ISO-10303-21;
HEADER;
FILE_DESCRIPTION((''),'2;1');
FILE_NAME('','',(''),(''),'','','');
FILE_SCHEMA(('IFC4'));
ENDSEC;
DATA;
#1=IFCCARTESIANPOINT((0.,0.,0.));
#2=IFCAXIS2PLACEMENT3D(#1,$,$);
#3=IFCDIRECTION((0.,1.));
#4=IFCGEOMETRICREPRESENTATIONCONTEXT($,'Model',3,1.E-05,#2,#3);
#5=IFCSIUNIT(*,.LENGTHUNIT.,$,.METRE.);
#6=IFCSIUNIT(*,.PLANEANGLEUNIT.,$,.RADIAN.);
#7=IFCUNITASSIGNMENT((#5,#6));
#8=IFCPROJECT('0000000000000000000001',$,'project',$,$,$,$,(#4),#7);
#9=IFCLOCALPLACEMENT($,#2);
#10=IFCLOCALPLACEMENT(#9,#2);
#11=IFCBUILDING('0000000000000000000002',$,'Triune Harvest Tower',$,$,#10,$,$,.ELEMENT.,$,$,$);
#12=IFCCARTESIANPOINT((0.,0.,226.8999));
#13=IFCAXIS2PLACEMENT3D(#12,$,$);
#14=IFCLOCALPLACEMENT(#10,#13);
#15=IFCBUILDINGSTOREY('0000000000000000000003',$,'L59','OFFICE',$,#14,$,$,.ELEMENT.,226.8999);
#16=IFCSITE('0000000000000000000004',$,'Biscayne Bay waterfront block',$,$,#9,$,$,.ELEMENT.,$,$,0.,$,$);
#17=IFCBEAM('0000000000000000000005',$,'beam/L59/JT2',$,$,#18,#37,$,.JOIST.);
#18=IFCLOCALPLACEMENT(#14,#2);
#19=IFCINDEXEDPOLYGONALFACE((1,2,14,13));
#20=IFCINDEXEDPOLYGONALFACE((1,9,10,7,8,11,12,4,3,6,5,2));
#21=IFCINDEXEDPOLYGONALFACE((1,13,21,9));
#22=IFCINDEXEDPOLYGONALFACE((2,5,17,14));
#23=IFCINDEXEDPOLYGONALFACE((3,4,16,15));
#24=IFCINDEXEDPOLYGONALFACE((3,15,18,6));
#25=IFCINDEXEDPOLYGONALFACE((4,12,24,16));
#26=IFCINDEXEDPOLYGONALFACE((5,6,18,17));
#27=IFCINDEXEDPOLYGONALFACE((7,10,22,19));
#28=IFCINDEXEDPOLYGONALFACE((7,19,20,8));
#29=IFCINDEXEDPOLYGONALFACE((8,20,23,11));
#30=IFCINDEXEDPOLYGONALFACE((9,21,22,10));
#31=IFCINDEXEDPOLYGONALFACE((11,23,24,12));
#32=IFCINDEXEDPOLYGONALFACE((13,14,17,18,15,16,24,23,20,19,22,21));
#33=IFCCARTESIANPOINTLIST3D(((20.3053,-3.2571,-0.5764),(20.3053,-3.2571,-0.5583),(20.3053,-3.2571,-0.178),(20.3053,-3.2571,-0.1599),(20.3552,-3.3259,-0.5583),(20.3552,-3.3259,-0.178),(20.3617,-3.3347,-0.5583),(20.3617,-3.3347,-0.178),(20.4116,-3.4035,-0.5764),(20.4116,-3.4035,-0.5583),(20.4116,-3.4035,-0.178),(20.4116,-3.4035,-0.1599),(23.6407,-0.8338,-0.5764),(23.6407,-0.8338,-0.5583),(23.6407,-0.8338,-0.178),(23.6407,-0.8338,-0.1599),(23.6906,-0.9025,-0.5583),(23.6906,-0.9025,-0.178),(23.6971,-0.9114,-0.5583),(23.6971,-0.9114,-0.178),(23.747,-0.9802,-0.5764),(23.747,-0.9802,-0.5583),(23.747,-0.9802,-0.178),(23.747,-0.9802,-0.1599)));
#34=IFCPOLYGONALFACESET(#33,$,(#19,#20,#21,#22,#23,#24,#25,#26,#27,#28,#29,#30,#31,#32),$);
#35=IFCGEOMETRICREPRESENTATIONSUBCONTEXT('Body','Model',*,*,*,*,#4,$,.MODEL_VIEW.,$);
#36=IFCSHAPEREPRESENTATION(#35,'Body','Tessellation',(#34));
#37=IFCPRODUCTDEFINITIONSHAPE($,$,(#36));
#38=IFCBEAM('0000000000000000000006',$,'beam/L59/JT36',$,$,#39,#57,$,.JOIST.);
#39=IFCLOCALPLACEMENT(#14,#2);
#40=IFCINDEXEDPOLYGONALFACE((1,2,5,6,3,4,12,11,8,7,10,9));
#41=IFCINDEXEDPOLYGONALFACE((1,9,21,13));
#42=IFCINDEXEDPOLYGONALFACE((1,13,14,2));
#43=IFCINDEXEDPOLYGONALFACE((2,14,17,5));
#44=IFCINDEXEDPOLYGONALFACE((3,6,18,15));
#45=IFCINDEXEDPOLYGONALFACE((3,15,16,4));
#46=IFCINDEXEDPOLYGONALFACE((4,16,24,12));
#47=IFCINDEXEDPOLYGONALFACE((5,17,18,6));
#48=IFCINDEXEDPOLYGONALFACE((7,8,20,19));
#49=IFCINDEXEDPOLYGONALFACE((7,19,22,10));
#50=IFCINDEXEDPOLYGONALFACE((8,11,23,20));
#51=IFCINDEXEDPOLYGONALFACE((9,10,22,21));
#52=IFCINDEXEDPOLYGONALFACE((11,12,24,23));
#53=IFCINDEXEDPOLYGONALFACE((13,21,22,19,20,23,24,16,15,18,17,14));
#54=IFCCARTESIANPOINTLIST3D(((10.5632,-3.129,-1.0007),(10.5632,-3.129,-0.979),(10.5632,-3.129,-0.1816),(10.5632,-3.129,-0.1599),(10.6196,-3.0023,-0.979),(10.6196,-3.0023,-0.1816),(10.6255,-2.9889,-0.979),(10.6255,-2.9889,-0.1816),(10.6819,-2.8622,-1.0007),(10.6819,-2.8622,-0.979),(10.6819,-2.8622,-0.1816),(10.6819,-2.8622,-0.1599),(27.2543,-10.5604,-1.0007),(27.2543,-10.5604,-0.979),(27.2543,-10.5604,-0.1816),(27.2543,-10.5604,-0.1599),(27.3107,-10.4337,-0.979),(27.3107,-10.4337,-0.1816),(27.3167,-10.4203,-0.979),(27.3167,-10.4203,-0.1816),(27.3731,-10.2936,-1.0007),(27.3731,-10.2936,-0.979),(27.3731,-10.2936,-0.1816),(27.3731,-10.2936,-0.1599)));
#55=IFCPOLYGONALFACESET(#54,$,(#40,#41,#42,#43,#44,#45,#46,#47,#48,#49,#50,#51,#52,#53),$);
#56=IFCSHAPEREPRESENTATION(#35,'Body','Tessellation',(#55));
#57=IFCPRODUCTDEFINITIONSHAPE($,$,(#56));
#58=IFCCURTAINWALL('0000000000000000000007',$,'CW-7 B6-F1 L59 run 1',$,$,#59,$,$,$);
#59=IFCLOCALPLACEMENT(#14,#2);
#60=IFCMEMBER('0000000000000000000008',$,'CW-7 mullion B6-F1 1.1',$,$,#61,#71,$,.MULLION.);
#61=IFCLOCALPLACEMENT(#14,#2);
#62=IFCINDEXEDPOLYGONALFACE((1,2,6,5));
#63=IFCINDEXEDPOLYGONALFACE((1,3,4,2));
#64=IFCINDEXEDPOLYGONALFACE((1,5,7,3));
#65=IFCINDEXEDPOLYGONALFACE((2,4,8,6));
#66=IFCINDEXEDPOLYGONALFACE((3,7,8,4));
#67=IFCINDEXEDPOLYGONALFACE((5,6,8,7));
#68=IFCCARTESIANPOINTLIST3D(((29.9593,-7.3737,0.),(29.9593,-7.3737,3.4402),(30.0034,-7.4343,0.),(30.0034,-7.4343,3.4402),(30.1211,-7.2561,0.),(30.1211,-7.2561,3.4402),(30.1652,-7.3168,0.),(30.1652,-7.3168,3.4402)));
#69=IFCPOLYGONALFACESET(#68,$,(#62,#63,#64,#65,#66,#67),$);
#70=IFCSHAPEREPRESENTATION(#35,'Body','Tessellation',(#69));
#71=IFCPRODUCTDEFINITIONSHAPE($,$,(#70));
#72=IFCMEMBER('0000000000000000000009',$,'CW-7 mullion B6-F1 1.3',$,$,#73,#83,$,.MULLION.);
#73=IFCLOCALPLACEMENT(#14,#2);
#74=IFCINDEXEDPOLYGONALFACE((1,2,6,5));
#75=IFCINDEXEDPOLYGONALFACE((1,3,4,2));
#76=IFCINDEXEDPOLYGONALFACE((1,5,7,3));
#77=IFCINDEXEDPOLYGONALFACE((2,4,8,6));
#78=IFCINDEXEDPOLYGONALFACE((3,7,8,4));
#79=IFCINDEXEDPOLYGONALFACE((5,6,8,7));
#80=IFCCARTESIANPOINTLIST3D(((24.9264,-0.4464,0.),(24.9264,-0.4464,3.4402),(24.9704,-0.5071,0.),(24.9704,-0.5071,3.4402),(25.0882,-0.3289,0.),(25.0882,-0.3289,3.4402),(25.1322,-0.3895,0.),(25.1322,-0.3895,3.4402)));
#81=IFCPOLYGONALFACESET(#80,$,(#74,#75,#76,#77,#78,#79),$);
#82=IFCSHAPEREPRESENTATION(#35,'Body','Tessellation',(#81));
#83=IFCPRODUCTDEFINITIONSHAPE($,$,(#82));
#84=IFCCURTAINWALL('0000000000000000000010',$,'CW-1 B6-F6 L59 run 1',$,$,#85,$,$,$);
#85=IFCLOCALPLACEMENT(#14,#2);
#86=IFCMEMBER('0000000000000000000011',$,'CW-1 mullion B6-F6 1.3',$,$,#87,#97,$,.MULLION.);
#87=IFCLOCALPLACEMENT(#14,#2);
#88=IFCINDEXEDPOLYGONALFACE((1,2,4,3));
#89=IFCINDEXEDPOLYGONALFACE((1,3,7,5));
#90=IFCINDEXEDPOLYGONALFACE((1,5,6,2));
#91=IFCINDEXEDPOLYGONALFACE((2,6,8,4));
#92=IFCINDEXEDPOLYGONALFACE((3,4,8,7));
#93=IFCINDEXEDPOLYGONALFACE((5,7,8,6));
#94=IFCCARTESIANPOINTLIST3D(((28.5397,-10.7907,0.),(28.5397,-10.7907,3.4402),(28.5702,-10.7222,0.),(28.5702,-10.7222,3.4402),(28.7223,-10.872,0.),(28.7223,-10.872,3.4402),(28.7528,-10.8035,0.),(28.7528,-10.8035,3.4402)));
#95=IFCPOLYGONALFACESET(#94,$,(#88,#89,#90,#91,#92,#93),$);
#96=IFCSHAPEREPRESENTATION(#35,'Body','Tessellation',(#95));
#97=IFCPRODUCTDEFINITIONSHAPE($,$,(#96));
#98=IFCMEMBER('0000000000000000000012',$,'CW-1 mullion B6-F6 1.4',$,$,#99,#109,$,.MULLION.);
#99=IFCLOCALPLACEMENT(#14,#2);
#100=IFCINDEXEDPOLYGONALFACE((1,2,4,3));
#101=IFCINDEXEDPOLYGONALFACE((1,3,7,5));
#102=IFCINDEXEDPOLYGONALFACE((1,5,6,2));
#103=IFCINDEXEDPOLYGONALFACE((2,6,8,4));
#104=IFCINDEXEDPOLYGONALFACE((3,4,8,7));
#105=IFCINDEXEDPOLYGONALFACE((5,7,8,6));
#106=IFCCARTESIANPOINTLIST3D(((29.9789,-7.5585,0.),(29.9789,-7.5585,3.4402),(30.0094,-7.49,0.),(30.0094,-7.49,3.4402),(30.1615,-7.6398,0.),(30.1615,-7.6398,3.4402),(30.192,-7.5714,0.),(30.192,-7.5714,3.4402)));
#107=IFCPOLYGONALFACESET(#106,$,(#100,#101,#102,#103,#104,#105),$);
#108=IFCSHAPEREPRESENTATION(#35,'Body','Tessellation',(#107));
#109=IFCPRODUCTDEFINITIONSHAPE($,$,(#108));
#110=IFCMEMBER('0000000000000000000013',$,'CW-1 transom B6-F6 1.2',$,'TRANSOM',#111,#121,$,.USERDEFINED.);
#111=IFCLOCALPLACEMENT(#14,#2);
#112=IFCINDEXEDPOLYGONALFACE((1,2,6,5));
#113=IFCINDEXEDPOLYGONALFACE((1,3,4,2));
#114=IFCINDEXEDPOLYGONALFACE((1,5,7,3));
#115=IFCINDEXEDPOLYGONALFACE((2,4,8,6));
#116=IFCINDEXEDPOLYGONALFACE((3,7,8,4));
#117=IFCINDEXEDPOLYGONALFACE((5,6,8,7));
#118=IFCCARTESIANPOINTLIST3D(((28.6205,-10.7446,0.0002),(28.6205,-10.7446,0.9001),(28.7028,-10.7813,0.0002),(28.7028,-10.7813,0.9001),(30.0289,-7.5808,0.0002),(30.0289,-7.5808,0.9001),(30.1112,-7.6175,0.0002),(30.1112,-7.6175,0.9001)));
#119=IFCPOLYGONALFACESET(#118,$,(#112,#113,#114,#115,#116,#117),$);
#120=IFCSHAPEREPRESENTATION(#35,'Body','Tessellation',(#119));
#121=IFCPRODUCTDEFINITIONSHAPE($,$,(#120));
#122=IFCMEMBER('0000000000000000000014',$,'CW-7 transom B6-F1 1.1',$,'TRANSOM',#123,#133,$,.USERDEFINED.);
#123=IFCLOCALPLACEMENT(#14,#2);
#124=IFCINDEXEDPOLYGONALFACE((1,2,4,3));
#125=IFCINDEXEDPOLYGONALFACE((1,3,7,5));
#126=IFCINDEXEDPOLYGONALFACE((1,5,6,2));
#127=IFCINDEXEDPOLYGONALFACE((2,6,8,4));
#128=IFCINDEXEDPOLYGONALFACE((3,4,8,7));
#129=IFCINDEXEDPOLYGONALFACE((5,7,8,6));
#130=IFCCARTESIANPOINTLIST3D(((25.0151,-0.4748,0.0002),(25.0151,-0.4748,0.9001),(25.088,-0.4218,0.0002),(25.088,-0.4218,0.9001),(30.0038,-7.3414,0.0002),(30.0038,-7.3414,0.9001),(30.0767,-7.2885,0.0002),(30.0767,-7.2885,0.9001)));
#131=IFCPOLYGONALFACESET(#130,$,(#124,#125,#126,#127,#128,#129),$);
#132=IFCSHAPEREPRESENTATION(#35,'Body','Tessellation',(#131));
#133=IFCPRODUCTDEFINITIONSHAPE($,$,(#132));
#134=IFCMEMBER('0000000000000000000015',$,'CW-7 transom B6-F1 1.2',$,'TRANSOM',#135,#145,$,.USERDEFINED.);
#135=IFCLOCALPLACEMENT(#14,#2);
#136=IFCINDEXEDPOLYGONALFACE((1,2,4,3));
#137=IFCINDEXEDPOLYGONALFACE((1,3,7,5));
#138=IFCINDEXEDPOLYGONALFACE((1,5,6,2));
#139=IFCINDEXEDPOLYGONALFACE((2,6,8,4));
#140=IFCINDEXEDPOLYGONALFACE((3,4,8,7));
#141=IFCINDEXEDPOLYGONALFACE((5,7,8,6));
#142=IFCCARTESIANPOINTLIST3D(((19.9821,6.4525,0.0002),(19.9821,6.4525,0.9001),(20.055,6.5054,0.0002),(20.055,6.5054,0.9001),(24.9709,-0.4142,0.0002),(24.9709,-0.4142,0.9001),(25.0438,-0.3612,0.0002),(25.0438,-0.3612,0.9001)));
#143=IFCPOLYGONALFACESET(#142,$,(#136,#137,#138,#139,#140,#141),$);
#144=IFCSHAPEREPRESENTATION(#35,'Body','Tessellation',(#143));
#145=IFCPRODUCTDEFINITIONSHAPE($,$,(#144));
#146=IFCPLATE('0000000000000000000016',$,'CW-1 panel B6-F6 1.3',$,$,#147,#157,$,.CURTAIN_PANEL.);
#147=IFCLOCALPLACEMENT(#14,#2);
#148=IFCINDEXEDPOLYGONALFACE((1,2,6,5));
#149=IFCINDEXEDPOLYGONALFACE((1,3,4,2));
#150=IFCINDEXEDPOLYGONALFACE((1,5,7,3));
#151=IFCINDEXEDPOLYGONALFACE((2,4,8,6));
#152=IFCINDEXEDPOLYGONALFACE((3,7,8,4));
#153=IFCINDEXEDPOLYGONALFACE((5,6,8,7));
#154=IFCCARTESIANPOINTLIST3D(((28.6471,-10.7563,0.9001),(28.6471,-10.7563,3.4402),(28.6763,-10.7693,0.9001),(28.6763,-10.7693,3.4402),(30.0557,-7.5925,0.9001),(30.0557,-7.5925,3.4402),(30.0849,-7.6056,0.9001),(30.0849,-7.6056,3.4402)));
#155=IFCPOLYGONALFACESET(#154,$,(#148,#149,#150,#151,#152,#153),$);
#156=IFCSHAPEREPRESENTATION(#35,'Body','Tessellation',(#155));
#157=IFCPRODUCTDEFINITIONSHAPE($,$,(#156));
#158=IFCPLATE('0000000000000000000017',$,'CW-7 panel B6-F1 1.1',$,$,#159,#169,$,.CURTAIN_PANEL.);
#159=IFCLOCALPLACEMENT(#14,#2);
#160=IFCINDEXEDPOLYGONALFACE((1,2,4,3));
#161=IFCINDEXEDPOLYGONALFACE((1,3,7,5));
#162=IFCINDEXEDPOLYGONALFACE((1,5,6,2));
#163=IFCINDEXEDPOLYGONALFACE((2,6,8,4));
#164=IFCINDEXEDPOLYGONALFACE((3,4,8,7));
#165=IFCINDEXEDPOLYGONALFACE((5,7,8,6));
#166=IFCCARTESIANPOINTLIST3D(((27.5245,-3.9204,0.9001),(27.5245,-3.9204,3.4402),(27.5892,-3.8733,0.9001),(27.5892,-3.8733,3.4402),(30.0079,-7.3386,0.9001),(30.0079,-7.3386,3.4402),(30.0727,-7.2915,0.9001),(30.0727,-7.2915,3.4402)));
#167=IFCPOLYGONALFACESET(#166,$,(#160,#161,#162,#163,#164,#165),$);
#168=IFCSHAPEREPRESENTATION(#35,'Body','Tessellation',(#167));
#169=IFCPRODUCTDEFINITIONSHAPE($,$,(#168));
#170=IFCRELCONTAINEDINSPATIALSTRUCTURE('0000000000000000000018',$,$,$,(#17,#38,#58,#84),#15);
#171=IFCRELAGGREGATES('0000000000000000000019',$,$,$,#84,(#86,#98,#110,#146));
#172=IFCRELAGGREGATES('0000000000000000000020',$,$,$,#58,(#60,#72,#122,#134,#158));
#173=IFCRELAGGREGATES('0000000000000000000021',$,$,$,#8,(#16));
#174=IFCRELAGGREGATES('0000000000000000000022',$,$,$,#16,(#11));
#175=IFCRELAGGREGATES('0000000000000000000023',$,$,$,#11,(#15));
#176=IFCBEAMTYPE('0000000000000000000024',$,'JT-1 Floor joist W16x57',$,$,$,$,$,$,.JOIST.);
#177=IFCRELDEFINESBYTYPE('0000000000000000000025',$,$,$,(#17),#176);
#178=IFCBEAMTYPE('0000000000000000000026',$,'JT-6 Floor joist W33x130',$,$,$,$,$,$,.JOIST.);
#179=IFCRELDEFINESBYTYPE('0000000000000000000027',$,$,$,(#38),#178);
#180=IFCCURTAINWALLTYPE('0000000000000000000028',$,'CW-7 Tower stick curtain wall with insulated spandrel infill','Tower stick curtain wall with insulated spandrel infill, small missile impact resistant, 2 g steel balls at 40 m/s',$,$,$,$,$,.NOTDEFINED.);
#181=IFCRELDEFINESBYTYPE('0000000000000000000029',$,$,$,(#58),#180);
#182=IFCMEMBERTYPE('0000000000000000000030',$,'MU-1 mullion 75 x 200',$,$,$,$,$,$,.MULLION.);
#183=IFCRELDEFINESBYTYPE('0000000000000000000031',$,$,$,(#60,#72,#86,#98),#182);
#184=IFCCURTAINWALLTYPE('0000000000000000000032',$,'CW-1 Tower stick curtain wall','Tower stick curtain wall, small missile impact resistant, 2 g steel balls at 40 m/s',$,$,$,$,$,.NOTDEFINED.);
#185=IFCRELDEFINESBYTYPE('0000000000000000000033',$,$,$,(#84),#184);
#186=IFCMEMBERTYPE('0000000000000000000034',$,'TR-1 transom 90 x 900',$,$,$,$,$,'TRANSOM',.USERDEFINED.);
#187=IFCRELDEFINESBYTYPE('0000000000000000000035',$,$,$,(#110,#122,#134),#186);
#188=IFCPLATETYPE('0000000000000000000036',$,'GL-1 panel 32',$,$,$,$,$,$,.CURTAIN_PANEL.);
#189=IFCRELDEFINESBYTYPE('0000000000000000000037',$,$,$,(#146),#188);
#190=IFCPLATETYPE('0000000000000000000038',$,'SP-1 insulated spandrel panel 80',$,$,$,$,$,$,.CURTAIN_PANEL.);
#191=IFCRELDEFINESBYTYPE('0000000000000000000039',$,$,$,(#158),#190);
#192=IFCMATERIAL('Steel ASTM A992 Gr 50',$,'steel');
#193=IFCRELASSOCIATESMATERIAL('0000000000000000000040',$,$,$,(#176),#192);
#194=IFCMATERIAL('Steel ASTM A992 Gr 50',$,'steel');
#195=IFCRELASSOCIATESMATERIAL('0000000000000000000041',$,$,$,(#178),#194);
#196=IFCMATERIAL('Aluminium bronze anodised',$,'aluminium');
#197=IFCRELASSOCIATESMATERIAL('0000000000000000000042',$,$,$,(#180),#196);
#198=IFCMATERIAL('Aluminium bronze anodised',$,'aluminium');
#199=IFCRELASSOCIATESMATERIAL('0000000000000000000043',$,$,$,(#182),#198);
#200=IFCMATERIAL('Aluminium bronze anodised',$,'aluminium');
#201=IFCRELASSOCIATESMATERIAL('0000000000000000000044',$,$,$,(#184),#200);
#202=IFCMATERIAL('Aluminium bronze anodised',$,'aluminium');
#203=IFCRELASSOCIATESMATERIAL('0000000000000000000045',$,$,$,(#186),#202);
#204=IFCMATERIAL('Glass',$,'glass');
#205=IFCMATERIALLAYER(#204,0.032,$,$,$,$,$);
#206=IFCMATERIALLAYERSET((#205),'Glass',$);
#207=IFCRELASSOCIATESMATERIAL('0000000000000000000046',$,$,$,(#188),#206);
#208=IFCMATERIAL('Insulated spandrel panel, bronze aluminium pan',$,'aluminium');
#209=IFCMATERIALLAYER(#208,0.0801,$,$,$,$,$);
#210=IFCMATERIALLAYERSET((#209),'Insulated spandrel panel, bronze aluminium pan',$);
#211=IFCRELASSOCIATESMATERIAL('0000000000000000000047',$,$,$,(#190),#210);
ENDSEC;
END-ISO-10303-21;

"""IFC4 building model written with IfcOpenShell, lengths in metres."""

from ifc_helpers import new_model, si_unit, direction, frame, origin, origin_2d, place, context, subcontext, project, spatial, rectangle, i_section, extrude, source, transform, mapped, material, layer, layer_set, material_profile, profile_set, type_object, element, aggregate, save


model = new_model("IFC4")

# Units and contexts
model_context = context("Model", 3, precision=1e-05, world=origin(), true_north=direction((0.0, 1.0)))
body_context = subcontext(model_context, "Body", "Model", "MODEL_VIEW")
ifc_project = project(units=[si_unit("LENGTHUNIT", "METRE"), si_unit("PLANEANGLEUNIT", "RADIAN")], contexts=[model_context])

# Site, building, storey
site_placement = place(None, origin())
site = spatial("IfcSite", under=ifc_project, at=site_placement, Name="Biscayne Bay waterfront block", CompositionType="ELEMENT", RefElevation=0.0)
building_placement = place(site_placement, origin())
building = spatial("IfcBuilding", under=site, at=building_placement, Name="Triune Harvest Tower", CompositionType="ELEMENT")
storey_placement = place(building_placement, frame((0.0, 0.0, 226.8999)))
storey = spatial("IfcBuildingStorey", under=building, at=storey_placement, Name="L59", Description="OFFICE", CompositionType="ELEMENT", Elevation=226.8999)

# Beams
ifc_material_1 = material(Name="Steel ASTM A992 Gr 50", Category="steel")
ifc_material_profile_1 = material_profile(ifc_material_1, i_section(OverallWidth=0.1809, OverallDepth=0.4165, WebThickness=0.011, FlangeThickness=0.0181, at=origin_2d()), Name="W16x57")
ifc_profile_set_1 = profile_set([ifc_material_profile_1], Name="Steel ASTM A992 Gr 50")
beam_type_1 = type_object("IfcBeamType", Name="JT-1 Floor joist W16x57", PredefinedType="JOIST", material=ifc_profile_set_1)
shared_shape_1 = source(origin(), body_context, "Body", "SweptSolid", [
    extrude(i_section(OverallWidth=0.1809, OverallDepth=0.4165, WebThickness=0.011, FlangeThickness=0.0181, at=origin_2d()), origin(), (0.0, 0.0, 1.0), 4.1228),
])
beam_1_placement = place(storey_placement, frame((23.6938, -0.907, -0.3682), z_axis=(-0.809018, -0.587784, 0.0), x_axis=(0.587784, -0.809018, 0.0)))
element("IfcBeam", 1, at=beam_1_placement, inside=storey, type_object=beam_type_1, Name="beam/L59/JT2", PredefinedType="JOIST", context=body_context, shape_type="MappedRepresentation", body=[
    mapped(shared_shape_1, transform((0.0, 0.0, 0.0), scale=1.0)),
])
ifc_material_2 = material(Name="Steel ASTM A992 Gr 50", Category="steel")
ifc_material_profile_2 = material_profile(ifc_material_2, i_section(OverallWidth=0.292, OverallDepth=0.8408, WebThickness=0.0146, FlangeThickness=0.0217, at=origin_2d()), Name="W33x130")
ifc_profile_set_2 = profile_set([ifc_material_profile_2], Name="Steel ASTM A992 Gr 50")
beam_type_2 = type_object("IfcBeamType", Name="JT-6 Floor joist W33x130", PredefinedType="JOIST", material=ifc_profile_set_2)
shared_shape_2 = source(origin(), body_context, "Body", "SweptSolid", [
    extrude(i_section(OverallWidth=0.292, OverallDepth=0.8408, WebThickness=0.0146, FlangeThickness=0.0217, at=origin_2d()), origin(), (0.0, 0.0, 1.0), 18.2708),
])
beam_2_placement = place(storey_placement, frame((27.3137, -10.427, -0.5803), z_axis=(-0.913545, 0.406737, 0.0), x_axis=(-0.406737, -0.913545, 0.0)))
element("IfcBeam", 2, at=beam_2_placement, inside=storey, type_object=beam_type_2, Name="beam/L59/JT36", PredefinedType="JOIST", context=body_context, shape_type="MappedRepresentation", body=[
    mapped(shared_shape_2, transform((0.0, 0.0, 0.0), scale=1.0)),
])

# Curtain walls, members
ifc_material_3 = material(Name="Aluminium bronze anodised", Category="aluminium")
curtain_wall_type_1 = type_object("IfcCurtainWallType", Name="CW-7 Tower stick curtain wall with insulated spandrel infill", Description="Tower stick curtain wall with insulated spandrel infill, small missile impact resistant, 2 g steel balls at 40 m/s", PredefinedType="NOTDEFINED", material=ifc_material_3)
curtain_wall_1_placement = place(storey_placement, origin())
curtain_wall_1 = element("IfcCurtainWall", 3, at=curtain_wall_1_placement, inside=storey, type_object=curtain_wall_type_1, Name="CW-7 B6-F1 L59 run 1")
ifc_material_4 = material(Name="Aluminium bronze anodised", Category="aluminium")
ifc_material_profile_3 = material_profile(ifc_material_4, rectangle(XDim=0.2, YDim=0.075, at=origin_2d()), Name="MU-1 mullion 75 x 200")
ifc_profile_set_3 = profile_set([ifc_material_profile_3], Name="Aluminium bronze anodised")
member_type_1 = type_object("IfcMemberType", Name="MU-1 mullion 75 x 200", PredefinedType="MULLION", material=ifc_profile_set_3)
shared_shape_3 = source(origin(), body_context, "Body", "SweptSolid", [
    extrude(rectangle(XDim=0.2, YDim=0.075, at=origin_2d()), origin(), (0.0, 0.0, 1.0), 3.4402),
])
member_1_placement = place(storey_placement, frame((30.0623, -7.3452, 0.0), z_axis=(0.0, 0.0, 1.0), x_axis=(-0.809016, -0.587786, 0.0)))
member_1 = element("IfcMember", 4, at=member_1_placement, type_object=member_type_1, Name="CW-7 mullion B6-F1 1.1", PredefinedType="MULLION", context=body_context, shape_type="MappedRepresentation", body=[
    mapped(shared_shape_3, transform((0.0, 0.0, 0.0), scale=1.0)),
])
member_2_placement = place(storey_placement, frame((25.0293, -0.418, 0.0), z_axis=(0.0, 0.0, 1.0), x_axis=(-0.809016, -0.587786, 0.0)))
member_2 = element("IfcMember", 5, at=member_2_placement, type_object=member_type_1, Name="CW-7 mullion B6-F1 1.3", PredefinedType="MULLION", context=body_context, shape_type="MappedRepresentation", body=[
    mapped(shared_shape_3, transform((0.0, 0.0, 0.0), scale=1.0)),
])
ifc_material_5 = material(Name="Aluminium bronze anodised", Category="aluminium")
curtain_wall_type_2 = type_object("IfcCurtainWallType", Name="CW-1 Tower stick curtain wall", Description="Tower stick curtain wall, small missile impact resistant, 2 g steel balls at 40 m/s", PredefinedType="NOTDEFINED", material=ifc_material_5)
curtain_wall_2_placement = place(storey_placement, origin())
curtain_wall_2 = element("IfcCurtainWall", 6, at=curtain_wall_2_placement, inside=storey, type_object=curtain_wall_type_2, Name="CW-1 B6-F6 L59 run 1")
member_3_placement = place(storey_placement, frame((28.6462, -10.7971, 0.0), z_axis=(0.0, 0.0, 1.0), x_axis=(-0.913543, 0.406743, 0.0)))
member_3 = element("IfcMember", 7, at=member_3_placement, type_object=member_type_1, Name="CW-1 mullion B6-F6 1.3", PredefinedType="MULLION", context=body_context, shape_type="MappedRepresentation", body=[
    mapped(shared_shape_3, transform((0.0, 0.0, 0.0), scale=1.0)),
])
member_4_placement = place(storey_placement, frame((30.0854, -7.5649, 0.0), z_axis=(0.0, 0.0, 1.0), x_axis=(-0.913543, 0.406743, 0.0)))
member_4 = element("IfcMember", 8, at=member_4_placement, type_object=member_type_1, Name="CW-1 mullion B6-F6 1.4", PredefinedType="MULLION", context=body_context, shape_type="MappedRepresentation", body=[
    mapped(shared_shape_3, transform((0.0, 0.0, 0.0), scale=1.0)),
])
ifc_material_6 = material(Name="Aluminium bronze anodised", Category="aluminium")
ifc_material_profile_4 = material_profile(ifc_material_6, rectangle(XDim=0.0901, YDim=0.8999, at=origin_2d()), Name="TR-1 transom 90 x 900")
ifc_profile_set_4 = profile_set([ifc_material_profile_4], Name="Aluminium bronze anodised")
member_type_2 = type_object("IfcMemberType", Name="TR-1 transom 90 x 900", ElementType="TRANSOM", PredefinedType="USERDEFINED", material=ifc_profile_set_4)
shared_shape_4 = source(origin(), body_context, "Body", "SweptSolid", [
    extrude(rectangle(XDim=0.0901, YDim=0.8999, at=origin_2d()), origin(), (0.0, 0.0, 1.0), 3.4631),
])
member_5_placement = place(storey_placement, frame((28.6616, -10.7629, 0.4502), z_axis=(0.406694, 0.913564, 0.0), x_axis=(-0.913564, 0.406694, 0.0)))
member_5 = element("IfcMember", 9, at=member_5_placement, type_object=member_type_2, Name="CW-1 transom B6-F6 1.2", ObjectType="TRANSOM", PredefinedType="USERDEFINED", context=body_context, shape_type="MappedRepresentation", body=[
    mapped(shared_shape_4, transform((0.0, 0.0, 0.0), scale=1.0)),
])

# Members
shared_shape_5 = source(origin(), body_context, "Body", "SweptSolid", [
    extrude(rectangle(XDim=0.0901, YDim=0.8999, at=origin_2d()), origin(), (0.0, 0.0, 1.0), 8.4875),
])
member_6_placement = place(storey_placement, frame((30.0403, -7.3149, 0.4502), z_axis=(-0.587771, 0.809027, 0.0), x_axis=(-0.809027, -0.587771, 0.0)))
member_6 = element("IfcMember", 10, at=member_6_placement, type_object=member_type_2, Name="CW-7 transom B6-F1 1.1", ObjectType="TRANSOM", PredefinedType="USERDEFINED", context=body_context, shape_type="MappedRepresentation", body=[
    mapped(shared_shape_5, transform((0.0, 0.0, 0.0), scale=1.0)),
])
member_7_placement = place(storey_placement, frame((25.0073, -0.3877, 0.4502), z_axis=(-0.587771, 0.809027, 0.0), x_axis=(-0.809027, -0.587771, 0.0)))
member_7 = element("IfcMember", 11, at=member_7_placement, type_object=member_type_2, Name="CW-7 transom B6-F1 1.2", ObjectType="TRANSOM", PredefinedType="USERDEFINED", context=body_context, shape_type="MappedRepresentation", body=[
    mapped(shared_shape_5, transform((0.0, 0.0, 0.0), scale=1.0)),
])

# Plates
ifc_material_7 = material(Name="Glass", Category="glass")
ifc_layer_1 = layer(ifc_material_7, 0.032)
ifc_layer_set_1 = layer_set([ifc_layer_1], Name="Glass")
plate_type_1 = type_object("IfcPlateType", Name="GL-1 panel 32", PredefinedType="CURTAIN_PANEL", material=ifc_layer_set_1)
shared_shape_6 = source(origin(), body_context, "Body", "SweptSolid", [
    extrude(rectangle(XDim=3.4631, YDim=0.032, at=origin_2d()), origin(), (0.0, 0.0, 1.0), 2.54),
])
plate_1_placement = place(storey_placement, frame((29.366, -9.1809, 0.9001), z_axis=(0.0, 0.0, 1.0), x_axis=(0.406743, 0.913543, 0.0)))
plate_1 = element("IfcPlate", 12, at=plate_1_placement, type_object=plate_type_1, Name="CW-1 panel B6-F6 1.3", PredefinedType="CURTAIN_PANEL", context=body_context, shape_type="MappedRepresentation", body=[
    mapped(shared_shape_6, transform((0.0, 0.0, 0.0), scale=1.0)),
])
aggregate(curtain_wall_2, [member_3, member_4, member_5, plate_1])
ifc_material_8 = material(Name="Insulated spandrel panel, bronze aluminium pan", Category="aluminium")
ifc_layer_2 = layer(ifc_material_8, 0.0801)
ifc_layer_set_2 = layer_set([ifc_layer_2], Name="Insulated spandrel panel, bronze aluminium pan")
plate_type_2 = type_object("IfcPlateType", Name="SP-1 insulated spandrel panel 80", PredefinedType="CURTAIN_PANEL", material=ifc_layer_set_2)
shared_shape_7 = source(origin(), body_context, "Body", "SweptSolid", [
    extrude(rectangle(XDim=4.2251, YDim=0.0801, at=origin_2d()), origin(), (0.0, 0.0, 1.0), 2.54),
])
plate_2_placement = place(storey_placement, frame((28.7986, -5.606, 0.9001), z_axis=(0.0, 0.0, 1.0), x_axis=(-0.587786, 0.809016, 0.0)))
plate_2 = element("IfcPlate", 13, at=plate_2_placement, type_object=plate_type_2, Name="CW-7 panel B6-F1 1.1", PredefinedType="CURTAIN_PANEL", context=body_context, shape_type="MappedRepresentation", body=[
    mapped(shared_shape_7, transform((0.0, 0.0, 0.0), scale=1.0)),
])
aggregate(curtain_wall_1, [member_1, member_2, member_6, member_7, plate_2])

save(model, "model.ifc")
